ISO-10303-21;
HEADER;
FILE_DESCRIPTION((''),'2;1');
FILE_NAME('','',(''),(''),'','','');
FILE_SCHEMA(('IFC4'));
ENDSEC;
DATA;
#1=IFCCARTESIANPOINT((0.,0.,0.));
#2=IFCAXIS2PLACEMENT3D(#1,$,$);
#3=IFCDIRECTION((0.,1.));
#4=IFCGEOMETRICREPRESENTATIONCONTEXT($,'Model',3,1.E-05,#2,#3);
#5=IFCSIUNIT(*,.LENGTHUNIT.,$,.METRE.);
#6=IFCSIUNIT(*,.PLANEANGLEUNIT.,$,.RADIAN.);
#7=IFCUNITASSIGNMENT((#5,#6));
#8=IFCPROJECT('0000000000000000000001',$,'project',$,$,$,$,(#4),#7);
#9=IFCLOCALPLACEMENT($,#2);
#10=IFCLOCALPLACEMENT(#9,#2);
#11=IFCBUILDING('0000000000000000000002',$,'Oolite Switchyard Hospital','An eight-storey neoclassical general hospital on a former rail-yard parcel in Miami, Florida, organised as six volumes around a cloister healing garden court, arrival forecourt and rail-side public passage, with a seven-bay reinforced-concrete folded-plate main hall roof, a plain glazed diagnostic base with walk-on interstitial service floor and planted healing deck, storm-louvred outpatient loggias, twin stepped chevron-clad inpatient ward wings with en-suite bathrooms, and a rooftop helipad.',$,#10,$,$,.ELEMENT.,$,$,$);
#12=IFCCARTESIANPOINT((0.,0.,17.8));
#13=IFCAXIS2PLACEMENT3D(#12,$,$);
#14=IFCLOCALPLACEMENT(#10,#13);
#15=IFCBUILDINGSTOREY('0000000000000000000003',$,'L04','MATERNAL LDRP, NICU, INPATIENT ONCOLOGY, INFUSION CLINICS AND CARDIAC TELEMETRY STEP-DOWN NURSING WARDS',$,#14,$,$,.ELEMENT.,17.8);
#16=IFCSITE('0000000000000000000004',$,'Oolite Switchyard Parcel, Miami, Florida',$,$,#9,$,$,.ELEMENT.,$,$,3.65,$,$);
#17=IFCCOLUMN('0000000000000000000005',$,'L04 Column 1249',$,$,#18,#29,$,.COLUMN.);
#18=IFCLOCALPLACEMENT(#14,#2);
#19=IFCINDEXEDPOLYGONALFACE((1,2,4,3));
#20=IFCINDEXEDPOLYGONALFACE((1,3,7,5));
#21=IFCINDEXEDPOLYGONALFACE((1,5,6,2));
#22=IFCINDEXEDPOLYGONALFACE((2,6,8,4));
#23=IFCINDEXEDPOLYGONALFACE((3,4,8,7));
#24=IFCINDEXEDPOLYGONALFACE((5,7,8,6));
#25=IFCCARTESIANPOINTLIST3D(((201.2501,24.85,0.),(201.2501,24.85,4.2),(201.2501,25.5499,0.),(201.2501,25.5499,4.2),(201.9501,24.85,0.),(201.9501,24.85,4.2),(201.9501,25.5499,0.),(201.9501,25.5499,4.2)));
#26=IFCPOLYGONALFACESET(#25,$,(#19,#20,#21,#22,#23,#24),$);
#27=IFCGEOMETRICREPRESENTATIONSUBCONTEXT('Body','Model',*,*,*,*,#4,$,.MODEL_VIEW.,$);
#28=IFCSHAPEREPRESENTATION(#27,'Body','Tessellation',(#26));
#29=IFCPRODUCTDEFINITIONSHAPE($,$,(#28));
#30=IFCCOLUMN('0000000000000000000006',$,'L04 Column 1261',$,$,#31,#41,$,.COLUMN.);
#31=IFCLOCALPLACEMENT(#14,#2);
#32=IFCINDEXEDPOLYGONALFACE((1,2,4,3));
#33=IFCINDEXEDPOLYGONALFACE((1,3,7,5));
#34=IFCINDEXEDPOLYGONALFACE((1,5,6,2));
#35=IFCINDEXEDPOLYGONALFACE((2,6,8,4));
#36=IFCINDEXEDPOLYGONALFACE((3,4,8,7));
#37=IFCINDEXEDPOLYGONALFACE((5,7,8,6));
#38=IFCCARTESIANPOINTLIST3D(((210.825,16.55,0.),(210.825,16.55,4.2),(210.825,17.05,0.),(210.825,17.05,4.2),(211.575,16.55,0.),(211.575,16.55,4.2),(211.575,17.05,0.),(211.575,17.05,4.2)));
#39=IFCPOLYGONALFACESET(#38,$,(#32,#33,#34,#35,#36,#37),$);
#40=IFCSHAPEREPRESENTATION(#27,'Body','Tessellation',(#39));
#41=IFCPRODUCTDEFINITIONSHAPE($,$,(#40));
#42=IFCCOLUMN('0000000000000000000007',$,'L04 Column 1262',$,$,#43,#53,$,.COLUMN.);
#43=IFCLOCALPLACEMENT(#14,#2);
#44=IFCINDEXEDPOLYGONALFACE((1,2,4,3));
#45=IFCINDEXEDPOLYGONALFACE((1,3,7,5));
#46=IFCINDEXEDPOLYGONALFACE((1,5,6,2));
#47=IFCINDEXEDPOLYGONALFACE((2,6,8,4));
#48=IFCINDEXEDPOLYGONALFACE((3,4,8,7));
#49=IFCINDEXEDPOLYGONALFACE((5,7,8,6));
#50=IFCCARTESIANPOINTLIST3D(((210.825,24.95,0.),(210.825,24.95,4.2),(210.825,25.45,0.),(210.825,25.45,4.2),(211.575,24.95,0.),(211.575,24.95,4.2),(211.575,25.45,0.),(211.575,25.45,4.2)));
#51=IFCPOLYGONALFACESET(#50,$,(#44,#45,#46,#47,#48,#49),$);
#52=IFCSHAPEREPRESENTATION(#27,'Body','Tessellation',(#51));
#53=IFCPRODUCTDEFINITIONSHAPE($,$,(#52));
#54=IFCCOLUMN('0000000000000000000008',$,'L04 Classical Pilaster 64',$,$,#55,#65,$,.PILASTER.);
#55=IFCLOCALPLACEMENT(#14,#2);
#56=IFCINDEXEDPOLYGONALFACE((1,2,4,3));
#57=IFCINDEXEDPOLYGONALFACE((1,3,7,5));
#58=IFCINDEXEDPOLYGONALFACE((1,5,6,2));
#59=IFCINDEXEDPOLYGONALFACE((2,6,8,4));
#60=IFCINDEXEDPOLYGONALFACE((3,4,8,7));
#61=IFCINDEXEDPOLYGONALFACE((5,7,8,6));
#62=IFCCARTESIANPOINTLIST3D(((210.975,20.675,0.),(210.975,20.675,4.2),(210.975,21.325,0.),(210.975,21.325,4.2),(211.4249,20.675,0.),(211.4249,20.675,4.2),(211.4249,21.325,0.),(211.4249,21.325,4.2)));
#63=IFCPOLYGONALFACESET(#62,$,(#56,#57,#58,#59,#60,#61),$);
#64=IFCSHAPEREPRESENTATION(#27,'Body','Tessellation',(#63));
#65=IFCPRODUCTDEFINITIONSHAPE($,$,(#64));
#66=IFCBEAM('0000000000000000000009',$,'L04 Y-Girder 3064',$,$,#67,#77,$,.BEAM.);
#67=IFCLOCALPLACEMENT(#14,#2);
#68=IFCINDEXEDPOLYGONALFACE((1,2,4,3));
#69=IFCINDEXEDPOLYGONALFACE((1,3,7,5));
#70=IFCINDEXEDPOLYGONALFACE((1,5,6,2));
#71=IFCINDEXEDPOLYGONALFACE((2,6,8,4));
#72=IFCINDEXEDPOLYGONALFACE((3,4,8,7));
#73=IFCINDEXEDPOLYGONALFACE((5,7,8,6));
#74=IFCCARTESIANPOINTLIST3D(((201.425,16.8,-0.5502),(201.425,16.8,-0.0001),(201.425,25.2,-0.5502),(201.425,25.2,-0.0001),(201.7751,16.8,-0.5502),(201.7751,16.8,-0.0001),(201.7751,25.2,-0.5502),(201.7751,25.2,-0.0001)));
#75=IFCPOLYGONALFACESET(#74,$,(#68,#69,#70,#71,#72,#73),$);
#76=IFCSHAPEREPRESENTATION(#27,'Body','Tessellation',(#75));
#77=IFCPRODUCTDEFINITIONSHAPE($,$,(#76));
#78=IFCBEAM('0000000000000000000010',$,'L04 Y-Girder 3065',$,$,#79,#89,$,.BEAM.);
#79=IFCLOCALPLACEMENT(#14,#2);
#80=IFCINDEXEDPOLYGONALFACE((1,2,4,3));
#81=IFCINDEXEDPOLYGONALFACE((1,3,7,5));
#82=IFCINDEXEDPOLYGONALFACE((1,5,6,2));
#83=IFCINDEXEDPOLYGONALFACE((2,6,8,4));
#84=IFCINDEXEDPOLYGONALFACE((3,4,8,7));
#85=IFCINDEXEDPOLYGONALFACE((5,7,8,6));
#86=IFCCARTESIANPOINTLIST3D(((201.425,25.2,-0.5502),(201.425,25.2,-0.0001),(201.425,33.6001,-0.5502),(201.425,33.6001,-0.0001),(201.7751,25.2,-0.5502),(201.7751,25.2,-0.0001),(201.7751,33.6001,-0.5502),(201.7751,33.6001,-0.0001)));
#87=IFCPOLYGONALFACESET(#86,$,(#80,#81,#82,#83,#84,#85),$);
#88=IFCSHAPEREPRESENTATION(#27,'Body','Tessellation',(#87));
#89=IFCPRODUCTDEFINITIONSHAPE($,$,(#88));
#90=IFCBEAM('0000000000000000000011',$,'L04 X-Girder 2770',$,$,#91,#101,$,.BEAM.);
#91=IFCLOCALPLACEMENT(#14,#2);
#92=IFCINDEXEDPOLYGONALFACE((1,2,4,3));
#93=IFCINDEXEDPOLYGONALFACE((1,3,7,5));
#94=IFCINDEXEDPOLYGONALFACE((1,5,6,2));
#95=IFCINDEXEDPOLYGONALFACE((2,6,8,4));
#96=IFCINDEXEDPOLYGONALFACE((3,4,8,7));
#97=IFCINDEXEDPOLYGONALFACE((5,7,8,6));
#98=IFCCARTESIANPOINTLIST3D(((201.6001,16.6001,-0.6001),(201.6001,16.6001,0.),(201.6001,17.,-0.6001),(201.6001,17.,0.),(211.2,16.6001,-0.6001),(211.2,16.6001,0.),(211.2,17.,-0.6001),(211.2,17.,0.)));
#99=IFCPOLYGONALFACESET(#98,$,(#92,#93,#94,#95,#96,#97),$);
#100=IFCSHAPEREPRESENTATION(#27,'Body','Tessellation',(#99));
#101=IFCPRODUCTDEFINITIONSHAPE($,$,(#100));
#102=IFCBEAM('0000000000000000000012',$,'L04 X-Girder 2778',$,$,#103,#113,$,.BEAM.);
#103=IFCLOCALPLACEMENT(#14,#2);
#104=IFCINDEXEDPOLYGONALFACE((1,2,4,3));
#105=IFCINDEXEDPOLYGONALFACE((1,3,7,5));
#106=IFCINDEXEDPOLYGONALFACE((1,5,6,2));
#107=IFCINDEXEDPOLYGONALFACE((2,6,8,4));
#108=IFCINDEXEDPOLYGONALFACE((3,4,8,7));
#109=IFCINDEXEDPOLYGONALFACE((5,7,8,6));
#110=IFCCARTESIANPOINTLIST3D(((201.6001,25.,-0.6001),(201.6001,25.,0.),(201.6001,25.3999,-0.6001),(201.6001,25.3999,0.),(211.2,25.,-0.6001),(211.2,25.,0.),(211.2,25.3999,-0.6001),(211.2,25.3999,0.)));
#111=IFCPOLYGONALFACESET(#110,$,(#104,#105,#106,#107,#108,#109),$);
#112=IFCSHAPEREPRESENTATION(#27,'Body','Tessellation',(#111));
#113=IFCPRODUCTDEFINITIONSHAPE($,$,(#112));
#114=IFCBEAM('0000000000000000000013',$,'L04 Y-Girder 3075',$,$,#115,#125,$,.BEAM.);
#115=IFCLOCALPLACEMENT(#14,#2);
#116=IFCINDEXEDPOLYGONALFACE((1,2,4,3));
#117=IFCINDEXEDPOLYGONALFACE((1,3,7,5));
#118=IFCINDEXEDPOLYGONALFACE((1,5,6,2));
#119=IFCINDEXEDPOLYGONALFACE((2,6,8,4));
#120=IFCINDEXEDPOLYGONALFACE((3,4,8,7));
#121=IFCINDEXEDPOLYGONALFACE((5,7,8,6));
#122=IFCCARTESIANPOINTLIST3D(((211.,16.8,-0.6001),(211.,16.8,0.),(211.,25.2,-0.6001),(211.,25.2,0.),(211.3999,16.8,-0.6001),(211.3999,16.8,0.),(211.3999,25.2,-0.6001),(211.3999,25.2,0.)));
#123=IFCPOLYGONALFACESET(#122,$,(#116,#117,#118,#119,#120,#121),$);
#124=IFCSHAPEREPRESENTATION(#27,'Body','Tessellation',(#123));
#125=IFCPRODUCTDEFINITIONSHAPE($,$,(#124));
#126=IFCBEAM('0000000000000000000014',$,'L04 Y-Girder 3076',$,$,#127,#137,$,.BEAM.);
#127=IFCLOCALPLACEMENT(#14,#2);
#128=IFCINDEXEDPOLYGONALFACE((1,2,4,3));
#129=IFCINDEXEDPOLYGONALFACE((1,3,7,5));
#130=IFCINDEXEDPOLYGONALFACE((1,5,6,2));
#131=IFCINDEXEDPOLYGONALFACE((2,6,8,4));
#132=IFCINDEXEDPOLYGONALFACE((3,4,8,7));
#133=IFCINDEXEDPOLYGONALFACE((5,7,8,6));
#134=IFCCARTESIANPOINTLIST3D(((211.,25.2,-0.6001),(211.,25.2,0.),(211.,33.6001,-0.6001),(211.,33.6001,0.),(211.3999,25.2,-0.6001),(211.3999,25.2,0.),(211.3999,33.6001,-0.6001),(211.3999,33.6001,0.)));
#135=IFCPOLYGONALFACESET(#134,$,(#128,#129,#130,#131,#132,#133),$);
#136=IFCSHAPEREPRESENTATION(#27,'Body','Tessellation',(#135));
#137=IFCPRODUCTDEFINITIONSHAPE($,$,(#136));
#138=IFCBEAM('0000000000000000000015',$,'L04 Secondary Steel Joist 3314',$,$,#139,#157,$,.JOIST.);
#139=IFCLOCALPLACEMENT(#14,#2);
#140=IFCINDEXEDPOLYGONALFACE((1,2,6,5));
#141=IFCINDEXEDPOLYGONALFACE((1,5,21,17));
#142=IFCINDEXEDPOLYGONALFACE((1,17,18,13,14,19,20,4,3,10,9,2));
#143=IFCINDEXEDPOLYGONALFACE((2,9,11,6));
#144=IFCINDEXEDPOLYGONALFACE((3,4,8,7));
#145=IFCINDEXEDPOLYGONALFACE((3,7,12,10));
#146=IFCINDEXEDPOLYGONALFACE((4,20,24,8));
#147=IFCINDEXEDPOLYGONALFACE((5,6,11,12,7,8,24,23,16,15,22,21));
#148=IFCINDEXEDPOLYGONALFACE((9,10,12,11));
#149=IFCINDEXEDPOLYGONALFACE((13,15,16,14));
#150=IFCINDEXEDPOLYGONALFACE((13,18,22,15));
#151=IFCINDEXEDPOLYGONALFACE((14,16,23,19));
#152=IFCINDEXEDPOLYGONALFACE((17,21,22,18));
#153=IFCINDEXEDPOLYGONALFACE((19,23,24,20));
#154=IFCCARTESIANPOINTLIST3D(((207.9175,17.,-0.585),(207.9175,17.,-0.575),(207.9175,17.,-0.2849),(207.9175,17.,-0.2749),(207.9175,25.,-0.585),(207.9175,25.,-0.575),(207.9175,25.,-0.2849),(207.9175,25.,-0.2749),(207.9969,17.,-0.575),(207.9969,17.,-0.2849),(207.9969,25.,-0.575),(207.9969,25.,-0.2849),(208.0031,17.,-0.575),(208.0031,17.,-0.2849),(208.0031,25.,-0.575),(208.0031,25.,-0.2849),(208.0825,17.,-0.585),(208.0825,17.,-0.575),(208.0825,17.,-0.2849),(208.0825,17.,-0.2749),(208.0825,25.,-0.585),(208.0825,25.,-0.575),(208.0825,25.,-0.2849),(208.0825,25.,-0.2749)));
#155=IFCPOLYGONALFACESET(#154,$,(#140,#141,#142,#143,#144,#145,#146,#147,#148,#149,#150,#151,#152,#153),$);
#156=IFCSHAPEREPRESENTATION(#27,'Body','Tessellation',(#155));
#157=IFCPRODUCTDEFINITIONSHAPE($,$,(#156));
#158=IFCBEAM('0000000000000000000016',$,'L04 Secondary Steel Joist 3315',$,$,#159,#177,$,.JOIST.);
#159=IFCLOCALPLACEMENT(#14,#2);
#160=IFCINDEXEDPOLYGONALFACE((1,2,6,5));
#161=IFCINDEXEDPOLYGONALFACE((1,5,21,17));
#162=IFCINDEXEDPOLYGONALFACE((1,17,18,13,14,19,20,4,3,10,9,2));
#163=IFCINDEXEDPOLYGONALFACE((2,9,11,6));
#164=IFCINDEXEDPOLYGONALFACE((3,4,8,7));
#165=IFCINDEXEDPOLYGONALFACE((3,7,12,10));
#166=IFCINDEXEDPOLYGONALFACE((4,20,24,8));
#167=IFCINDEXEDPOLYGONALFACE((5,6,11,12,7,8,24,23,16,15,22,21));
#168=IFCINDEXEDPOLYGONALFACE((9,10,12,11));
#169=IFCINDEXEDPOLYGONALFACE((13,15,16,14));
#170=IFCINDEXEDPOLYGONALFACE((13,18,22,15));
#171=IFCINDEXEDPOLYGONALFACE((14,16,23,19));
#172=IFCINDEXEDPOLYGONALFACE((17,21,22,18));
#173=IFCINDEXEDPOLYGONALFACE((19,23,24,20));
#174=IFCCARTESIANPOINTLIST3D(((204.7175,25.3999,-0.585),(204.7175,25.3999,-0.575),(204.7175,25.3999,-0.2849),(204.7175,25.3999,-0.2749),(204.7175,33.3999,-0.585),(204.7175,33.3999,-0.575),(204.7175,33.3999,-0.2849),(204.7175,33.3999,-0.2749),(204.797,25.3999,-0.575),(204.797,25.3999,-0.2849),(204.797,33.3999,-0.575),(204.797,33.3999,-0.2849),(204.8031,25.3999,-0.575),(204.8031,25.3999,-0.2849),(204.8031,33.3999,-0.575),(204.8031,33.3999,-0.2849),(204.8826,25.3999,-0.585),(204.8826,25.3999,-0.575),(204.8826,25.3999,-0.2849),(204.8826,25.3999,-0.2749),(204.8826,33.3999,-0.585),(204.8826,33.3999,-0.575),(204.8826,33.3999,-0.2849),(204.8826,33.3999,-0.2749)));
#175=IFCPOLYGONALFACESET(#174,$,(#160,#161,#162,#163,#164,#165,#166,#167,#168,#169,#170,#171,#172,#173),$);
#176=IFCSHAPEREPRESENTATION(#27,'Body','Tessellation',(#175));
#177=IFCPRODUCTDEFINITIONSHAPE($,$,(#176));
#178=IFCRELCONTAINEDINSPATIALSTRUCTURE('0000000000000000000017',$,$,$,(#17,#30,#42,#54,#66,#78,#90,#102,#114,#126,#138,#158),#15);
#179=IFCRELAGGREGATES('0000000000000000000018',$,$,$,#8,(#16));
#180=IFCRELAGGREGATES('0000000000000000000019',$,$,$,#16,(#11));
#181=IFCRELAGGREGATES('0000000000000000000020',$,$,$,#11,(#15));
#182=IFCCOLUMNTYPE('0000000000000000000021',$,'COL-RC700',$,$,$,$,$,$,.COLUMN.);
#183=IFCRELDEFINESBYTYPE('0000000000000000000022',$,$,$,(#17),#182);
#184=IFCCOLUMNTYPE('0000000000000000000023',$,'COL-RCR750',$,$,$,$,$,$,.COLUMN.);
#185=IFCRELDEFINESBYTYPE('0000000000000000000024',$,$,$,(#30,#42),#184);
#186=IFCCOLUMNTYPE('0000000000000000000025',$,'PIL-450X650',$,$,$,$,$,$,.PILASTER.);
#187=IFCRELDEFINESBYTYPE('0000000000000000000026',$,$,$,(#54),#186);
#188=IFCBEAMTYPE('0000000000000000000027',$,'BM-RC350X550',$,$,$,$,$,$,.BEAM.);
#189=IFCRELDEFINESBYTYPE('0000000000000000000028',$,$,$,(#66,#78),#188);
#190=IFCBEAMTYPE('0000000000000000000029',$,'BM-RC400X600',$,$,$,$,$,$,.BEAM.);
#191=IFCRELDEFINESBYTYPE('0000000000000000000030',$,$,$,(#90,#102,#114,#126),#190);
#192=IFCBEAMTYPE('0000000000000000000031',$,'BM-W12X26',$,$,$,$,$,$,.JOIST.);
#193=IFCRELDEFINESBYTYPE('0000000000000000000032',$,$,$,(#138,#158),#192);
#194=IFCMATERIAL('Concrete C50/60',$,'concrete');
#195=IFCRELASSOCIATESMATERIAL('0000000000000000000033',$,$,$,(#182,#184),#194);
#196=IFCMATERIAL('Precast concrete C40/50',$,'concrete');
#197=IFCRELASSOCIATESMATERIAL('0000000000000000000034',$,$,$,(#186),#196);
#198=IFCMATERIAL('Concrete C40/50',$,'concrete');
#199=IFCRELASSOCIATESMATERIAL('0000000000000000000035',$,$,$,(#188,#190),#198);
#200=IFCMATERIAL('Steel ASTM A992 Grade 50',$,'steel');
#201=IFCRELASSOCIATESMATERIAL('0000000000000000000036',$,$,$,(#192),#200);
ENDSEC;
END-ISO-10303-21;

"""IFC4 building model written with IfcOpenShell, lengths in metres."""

from ifc_helpers import new_model, si_unit, direction, frame, origin, origin_2d, place, context, subcontext, project, spatial, rectangle, i_section, extrude, material, material_profile, profile_set, type_object, element, save


model = new_model("IFC4")

# Units and contexts
model_context = context("Model", 3, precision=1e-05, world=origin(), true_north=direction((0.0, 1.0)))
body_context = subcontext(model_context, "Body", "Model", "MODEL_VIEW")
ifc_project = project(units=[si_unit("LENGTHUNIT", "METRE"), si_unit("PLANEANGLEUNIT", "RADIAN")], contexts=[model_context])

# Site, building, storey
site_placement = place(None, origin())
site = spatial("IfcSite", under=ifc_project, at=site_placement, Name="Oolite Switchyard Parcel, Miami, Florida", CompositionType="ELEMENT", RefElevation=3.65)
building_placement = place(site_placement, origin())
building = spatial("IfcBuilding", under=site, at=building_placement, Name="Oolite Switchyard Hospital", Description="An eight-storey neoclassical general hospital on a former rail-yard parcel in Miami, Florida, organised as six volumes around a cloister healing garden court, arrival forecourt and rail-side public passage, with a seven-bay reinforced-concrete folded-plate main hall roof, a plain glazed diagnostic base with walk-on interstitial service floor and planted healing deck, storm-louvred outpatient loggias, twin stepped chevron-clad inpatient ward wings with en-suite bathrooms, and a rooftop helipad.", CompositionType="ELEMENT")
storey_placement = place(building_placement, frame((0.0, 0.0, 17.8)))
storey = spatial("IfcBuildingStorey", under=building, at=storey_placement, Name="L04", Description="MATERNAL LDRP, NICU, INPATIENT ONCOLOGY, INFUSION CLINICS AND CARDIAC TELEMETRY STEP-DOWN NURSING WARDS", CompositionType="ELEMENT", Elevation=17.8)

# Columns
ifc_material_1 = material(Name="Concrete C50/60", Category="concrete")
ifc_material_profile_1 = material_profile(ifc_material_1, rectangle(XDim=0.7, YDim=0.7, at=origin_2d()), Name="RC700X700")
ifc_profile_set_1 = profile_set([ifc_material_profile_1], Name="Concrete C50/60")
column_type_1 = type_object("IfcColumnType", Name="COL-RC700", PredefinedType="COLUMN", material=ifc_profile_set_1)
column_1_placement = place(storey_placement, frame((201.6001, 25.2, 0.0), z_axis=(0.0, 0.0, 1.0), x_axis=(1.0, 0.0, 0.0)))
element("IfcColumn", 1, at=column_1_placement, inside=storey, type_object=column_type_1, Name="L04 Column 1249", PredefinedType="COLUMN", context=body_context, shape_type="SweptSolid", body=[
    extrude(rectangle(XDim=0.7, YDim=0.7, at=origin_2d()), origin(), (0.0, 0.0, 1.0), 4.2),
])
ifc_material_profile_2 = material_profile(ifc_material_1, rectangle(XDim=0.75, YDim=0.5, at=origin_2d()), Name="RC750X500")
ifc_profile_set_2 = profile_set([ifc_material_profile_2], Name="Concrete C50/60")
column_type_2 = type_object("IfcColumnType", Name="COL-RCR750", PredefinedType="COLUMN", material=ifc_profile_set_2)
for number, where, z_axis, x_axis, name in (
    (2, (211.2, 16.8, 0.0), (0.0, 0.0, 1.0), (1.0, 0.0, 0.0), "L04 Column 1261"),
    (3, (211.2, 25.2, 0.0), (0.0, 0.0, 1.0), (1.0, 0.0, 0.0), "L04 Column 1262"),
):
    element("IfcColumn", number, at=place(storey_placement, frame(where, z_axis=z_axis, x_axis=x_axis)), inside=storey, type_object=column_type_2, Name=name, PredefinedType="COLUMN", context=body_context, shape_type="SweptSolid", body=[
        extrude(rectangle(XDim=0.75, YDim=0.5, at=origin_2d()), origin(), (0.0, 0.0, 1.0), 4.2),
    ])
ifc_material_2 = material(Name="Precast concrete C40/50", Category="concrete")
ifc_material_profile_3 = material_profile(ifc_material_2, rectangle(XDim=0.45, YDim=0.6499, at=origin_2d()), Name="PIL450X650")
ifc_profile_set_3 = profile_set([ifc_material_profile_3], Name="Precast concrete C40/50")
column_type_3 = type_object("IfcColumnType", Name="PIL-450X650", PredefinedType="PILASTER", material=ifc_profile_set_3)
column_2_placement = place(storey_placement, frame((211.2, 21.0, 0.0), z_axis=(0.0, 0.0, 1.0), x_axis=(1.0, 0.0, 0.0)))
element("IfcColumn", 4, at=column_2_placement, inside=storey, type_object=column_type_3, Name="L04 Classical Pilaster 64", PredefinedType="PILASTER", context=body_context, shape_type="SweptSolid", body=[
    extrude(rectangle(XDim=0.45, YDim=0.6499, at=origin_2d()), origin(), (0.0, 0.0, 1.0), 4.2),
])

# Beams
ifc_material_3 = material(Name="Concrete C40/50", Category="concrete")
ifc_material_profile_4 = material_profile(ifc_material_3, rectangle(XDim=0.3501, YDim=0.55, at=origin_2d()), Name="RCB350X550")
ifc_profile_set_4 = profile_set([ifc_material_profile_4], Name="Concrete C40/50")
beam_type_1 = type_object("IfcBeamType", Name="BM-RC350X550", PredefinedType="BEAM", material=ifc_profile_set_4)
beam_1_placement = place(storey_placement, frame((201.6001, 16.8, -0.2751), z_axis=(0.0, 1.0, 0.0), x_axis=(-1.0, 0.0, 0.0)))
element("IfcBeam", 5, at=beam_1_placement, inside=storey, type_object=beam_type_1, Name="L04 Y-Girder 3064", PredefinedType="BEAM", context=body_context, shape_type="SweptSolid", body=[
    extrude(rectangle(XDim=0.3501, YDim=0.55, at=origin_2d()), origin(), (0.0, 0.0, 1.0), 8.3999),
])
beam_2_placement = place(storey_placement, frame((201.6001, 25.2, -0.2751), z_axis=(0.0, 1.0, 0.0), x_axis=(-1.0, 0.0, 0.0)))
element("IfcBeam", 6, at=beam_2_placement, inside=storey, type_object=beam_type_1, Name="L04 Y-Girder 3065", PredefinedType="BEAM", context=body_context, shape_type="SweptSolid", body=[
    extrude(rectangle(XDim=0.3501, YDim=0.55, at=origin_2d()), origin(), (0.0, 0.0, 1.0), 8.4001),
])
ifc_material_profile_5 = material_profile(ifc_material_3, rectangle(XDim=0.3999, YDim=0.6001, at=origin_2d()), Name="RCB400X600")
ifc_profile_set_5 = profile_set([ifc_material_profile_5], Name="Concrete C40/50")
beam_type_2 = type_object("IfcBeamType", Name="BM-RC400X600", PredefinedType="BEAM", material=ifc_profile_set_5)
for number, where, z_axis, x_axis, name in (
    (7, (201.6001, 16.8, -0.3), (1.0, 0.0, 0.0), (0.0, 1.0, 0.0), "L04 X-Girder 2770"),
    (8, (201.6001, 25.2, -0.3), (1.0, 0.0, 0.0), (0.0, 1.0, 0.0), "L04 X-Girder 2778"),
):
    element("IfcBeam", number, at=place(storey_placement, frame(where, z_axis=z_axis, x_axis=x_axis)), inside=storey, type_object=beam_type_2, Name=name, PredefinedType="BEAM", context=body_context, shape_type="SweptSolid", body=[
        extrude(rectangle(XDim=0.3999, YDim=0.6001, at=origin_2d()), origin(), (0.0, 0.0, 1.0), 9.5999),
    ])
beam_3_placement = place(storey_placement, frame((211.2, 16.8, -0.3), z_axis=(0.0, 1.0, 0.0), x_axis=(-1.0, 0.0, 0.0)))
element("IfcBeam", 9, at=beam_3_placement, inside=storey, type_object=beam_type_2, Name="L04 Y-Girder 3075", PredefinedType="BEAM", context=body_context, shape_type="SweptSolid", body=[
    extrude(rectangle(XDim=0.3999, YDim=0.6001, at=origin_2d()), origin(), (0.0, 0.0, 1.0), 8.3999),
])
beam_4_placement = place(storey_placement, frame((211.2, 25.2, -0.3), z_axis=(0.0, 1.0, 0.0), x_axis=(-1.0, 0.0, 0.0)))
element("IfcBeam", 10, at=beam_4_placement, inside=storey, type_object=beam_type_2, Name="L04 Y-Girder 3076", PredefinedType="BEAM", context=body_context, shape_type="SweptSolid", body=[
    extrude(rectangle(XDim=0.3999, YDim=0.6001, at=origin_2d()), origin(), (0.0, 0.0, 1.0), 8.4001),
])
ifc_material_4 = material(Name="Steel ASTM A992 Grade 50", Category="steel")
ifc_material_profile_6 = material_profile(ifc_material_4, i_section(OverallWidth=0.165, OverallDepth=0.3101, WebThickness=0.0061, FlangeThickness=0.01, at=origin_2d()), Name="W12X26")
ifc_profile_set_6 = profile_set([ifc_material_profile_6], Name="Steel ASTM A992 Grade 50")
beam_type_3 = type_object("IfcBeamType", Name="BM-W12X26", PredefinedType="JOIST", material=ifc_profile_set_6)
for number, where, z_axis, x_axis, name in (
    (11, (208.0, 17.0, -0.4299), (0.0, 1.0, 0.0), (-1.0, 0.0, 0.0), "L04 Secondary Steel Joist 3314"),
    (12, (204.8, 25.3999, -0.4299), (0.0, 1.0, 0.0), (-1.0, 0.0, 0.0), "L04 Secondary Steel Joist 3315"),
):
    element("IfcBeam", number, at=place(storey_placement, frame(where, z_axis=z_axis, x_axis=x_axis)), inside=storey, type_object=beam_type_3, Name=name, PredefinedType="JOIST", context=body_context, shape_type="SweptSolid", body=[
        extrude(i_section(OverallWidth=0.165, OverallDepth=0.3101, WebThickness=0.0061, FlangeThickness=0.01, at=origin_2d()), origin(), (0.0, 0.0, 1.0), 8.0),
    ])

save(model, "model.ifc")
